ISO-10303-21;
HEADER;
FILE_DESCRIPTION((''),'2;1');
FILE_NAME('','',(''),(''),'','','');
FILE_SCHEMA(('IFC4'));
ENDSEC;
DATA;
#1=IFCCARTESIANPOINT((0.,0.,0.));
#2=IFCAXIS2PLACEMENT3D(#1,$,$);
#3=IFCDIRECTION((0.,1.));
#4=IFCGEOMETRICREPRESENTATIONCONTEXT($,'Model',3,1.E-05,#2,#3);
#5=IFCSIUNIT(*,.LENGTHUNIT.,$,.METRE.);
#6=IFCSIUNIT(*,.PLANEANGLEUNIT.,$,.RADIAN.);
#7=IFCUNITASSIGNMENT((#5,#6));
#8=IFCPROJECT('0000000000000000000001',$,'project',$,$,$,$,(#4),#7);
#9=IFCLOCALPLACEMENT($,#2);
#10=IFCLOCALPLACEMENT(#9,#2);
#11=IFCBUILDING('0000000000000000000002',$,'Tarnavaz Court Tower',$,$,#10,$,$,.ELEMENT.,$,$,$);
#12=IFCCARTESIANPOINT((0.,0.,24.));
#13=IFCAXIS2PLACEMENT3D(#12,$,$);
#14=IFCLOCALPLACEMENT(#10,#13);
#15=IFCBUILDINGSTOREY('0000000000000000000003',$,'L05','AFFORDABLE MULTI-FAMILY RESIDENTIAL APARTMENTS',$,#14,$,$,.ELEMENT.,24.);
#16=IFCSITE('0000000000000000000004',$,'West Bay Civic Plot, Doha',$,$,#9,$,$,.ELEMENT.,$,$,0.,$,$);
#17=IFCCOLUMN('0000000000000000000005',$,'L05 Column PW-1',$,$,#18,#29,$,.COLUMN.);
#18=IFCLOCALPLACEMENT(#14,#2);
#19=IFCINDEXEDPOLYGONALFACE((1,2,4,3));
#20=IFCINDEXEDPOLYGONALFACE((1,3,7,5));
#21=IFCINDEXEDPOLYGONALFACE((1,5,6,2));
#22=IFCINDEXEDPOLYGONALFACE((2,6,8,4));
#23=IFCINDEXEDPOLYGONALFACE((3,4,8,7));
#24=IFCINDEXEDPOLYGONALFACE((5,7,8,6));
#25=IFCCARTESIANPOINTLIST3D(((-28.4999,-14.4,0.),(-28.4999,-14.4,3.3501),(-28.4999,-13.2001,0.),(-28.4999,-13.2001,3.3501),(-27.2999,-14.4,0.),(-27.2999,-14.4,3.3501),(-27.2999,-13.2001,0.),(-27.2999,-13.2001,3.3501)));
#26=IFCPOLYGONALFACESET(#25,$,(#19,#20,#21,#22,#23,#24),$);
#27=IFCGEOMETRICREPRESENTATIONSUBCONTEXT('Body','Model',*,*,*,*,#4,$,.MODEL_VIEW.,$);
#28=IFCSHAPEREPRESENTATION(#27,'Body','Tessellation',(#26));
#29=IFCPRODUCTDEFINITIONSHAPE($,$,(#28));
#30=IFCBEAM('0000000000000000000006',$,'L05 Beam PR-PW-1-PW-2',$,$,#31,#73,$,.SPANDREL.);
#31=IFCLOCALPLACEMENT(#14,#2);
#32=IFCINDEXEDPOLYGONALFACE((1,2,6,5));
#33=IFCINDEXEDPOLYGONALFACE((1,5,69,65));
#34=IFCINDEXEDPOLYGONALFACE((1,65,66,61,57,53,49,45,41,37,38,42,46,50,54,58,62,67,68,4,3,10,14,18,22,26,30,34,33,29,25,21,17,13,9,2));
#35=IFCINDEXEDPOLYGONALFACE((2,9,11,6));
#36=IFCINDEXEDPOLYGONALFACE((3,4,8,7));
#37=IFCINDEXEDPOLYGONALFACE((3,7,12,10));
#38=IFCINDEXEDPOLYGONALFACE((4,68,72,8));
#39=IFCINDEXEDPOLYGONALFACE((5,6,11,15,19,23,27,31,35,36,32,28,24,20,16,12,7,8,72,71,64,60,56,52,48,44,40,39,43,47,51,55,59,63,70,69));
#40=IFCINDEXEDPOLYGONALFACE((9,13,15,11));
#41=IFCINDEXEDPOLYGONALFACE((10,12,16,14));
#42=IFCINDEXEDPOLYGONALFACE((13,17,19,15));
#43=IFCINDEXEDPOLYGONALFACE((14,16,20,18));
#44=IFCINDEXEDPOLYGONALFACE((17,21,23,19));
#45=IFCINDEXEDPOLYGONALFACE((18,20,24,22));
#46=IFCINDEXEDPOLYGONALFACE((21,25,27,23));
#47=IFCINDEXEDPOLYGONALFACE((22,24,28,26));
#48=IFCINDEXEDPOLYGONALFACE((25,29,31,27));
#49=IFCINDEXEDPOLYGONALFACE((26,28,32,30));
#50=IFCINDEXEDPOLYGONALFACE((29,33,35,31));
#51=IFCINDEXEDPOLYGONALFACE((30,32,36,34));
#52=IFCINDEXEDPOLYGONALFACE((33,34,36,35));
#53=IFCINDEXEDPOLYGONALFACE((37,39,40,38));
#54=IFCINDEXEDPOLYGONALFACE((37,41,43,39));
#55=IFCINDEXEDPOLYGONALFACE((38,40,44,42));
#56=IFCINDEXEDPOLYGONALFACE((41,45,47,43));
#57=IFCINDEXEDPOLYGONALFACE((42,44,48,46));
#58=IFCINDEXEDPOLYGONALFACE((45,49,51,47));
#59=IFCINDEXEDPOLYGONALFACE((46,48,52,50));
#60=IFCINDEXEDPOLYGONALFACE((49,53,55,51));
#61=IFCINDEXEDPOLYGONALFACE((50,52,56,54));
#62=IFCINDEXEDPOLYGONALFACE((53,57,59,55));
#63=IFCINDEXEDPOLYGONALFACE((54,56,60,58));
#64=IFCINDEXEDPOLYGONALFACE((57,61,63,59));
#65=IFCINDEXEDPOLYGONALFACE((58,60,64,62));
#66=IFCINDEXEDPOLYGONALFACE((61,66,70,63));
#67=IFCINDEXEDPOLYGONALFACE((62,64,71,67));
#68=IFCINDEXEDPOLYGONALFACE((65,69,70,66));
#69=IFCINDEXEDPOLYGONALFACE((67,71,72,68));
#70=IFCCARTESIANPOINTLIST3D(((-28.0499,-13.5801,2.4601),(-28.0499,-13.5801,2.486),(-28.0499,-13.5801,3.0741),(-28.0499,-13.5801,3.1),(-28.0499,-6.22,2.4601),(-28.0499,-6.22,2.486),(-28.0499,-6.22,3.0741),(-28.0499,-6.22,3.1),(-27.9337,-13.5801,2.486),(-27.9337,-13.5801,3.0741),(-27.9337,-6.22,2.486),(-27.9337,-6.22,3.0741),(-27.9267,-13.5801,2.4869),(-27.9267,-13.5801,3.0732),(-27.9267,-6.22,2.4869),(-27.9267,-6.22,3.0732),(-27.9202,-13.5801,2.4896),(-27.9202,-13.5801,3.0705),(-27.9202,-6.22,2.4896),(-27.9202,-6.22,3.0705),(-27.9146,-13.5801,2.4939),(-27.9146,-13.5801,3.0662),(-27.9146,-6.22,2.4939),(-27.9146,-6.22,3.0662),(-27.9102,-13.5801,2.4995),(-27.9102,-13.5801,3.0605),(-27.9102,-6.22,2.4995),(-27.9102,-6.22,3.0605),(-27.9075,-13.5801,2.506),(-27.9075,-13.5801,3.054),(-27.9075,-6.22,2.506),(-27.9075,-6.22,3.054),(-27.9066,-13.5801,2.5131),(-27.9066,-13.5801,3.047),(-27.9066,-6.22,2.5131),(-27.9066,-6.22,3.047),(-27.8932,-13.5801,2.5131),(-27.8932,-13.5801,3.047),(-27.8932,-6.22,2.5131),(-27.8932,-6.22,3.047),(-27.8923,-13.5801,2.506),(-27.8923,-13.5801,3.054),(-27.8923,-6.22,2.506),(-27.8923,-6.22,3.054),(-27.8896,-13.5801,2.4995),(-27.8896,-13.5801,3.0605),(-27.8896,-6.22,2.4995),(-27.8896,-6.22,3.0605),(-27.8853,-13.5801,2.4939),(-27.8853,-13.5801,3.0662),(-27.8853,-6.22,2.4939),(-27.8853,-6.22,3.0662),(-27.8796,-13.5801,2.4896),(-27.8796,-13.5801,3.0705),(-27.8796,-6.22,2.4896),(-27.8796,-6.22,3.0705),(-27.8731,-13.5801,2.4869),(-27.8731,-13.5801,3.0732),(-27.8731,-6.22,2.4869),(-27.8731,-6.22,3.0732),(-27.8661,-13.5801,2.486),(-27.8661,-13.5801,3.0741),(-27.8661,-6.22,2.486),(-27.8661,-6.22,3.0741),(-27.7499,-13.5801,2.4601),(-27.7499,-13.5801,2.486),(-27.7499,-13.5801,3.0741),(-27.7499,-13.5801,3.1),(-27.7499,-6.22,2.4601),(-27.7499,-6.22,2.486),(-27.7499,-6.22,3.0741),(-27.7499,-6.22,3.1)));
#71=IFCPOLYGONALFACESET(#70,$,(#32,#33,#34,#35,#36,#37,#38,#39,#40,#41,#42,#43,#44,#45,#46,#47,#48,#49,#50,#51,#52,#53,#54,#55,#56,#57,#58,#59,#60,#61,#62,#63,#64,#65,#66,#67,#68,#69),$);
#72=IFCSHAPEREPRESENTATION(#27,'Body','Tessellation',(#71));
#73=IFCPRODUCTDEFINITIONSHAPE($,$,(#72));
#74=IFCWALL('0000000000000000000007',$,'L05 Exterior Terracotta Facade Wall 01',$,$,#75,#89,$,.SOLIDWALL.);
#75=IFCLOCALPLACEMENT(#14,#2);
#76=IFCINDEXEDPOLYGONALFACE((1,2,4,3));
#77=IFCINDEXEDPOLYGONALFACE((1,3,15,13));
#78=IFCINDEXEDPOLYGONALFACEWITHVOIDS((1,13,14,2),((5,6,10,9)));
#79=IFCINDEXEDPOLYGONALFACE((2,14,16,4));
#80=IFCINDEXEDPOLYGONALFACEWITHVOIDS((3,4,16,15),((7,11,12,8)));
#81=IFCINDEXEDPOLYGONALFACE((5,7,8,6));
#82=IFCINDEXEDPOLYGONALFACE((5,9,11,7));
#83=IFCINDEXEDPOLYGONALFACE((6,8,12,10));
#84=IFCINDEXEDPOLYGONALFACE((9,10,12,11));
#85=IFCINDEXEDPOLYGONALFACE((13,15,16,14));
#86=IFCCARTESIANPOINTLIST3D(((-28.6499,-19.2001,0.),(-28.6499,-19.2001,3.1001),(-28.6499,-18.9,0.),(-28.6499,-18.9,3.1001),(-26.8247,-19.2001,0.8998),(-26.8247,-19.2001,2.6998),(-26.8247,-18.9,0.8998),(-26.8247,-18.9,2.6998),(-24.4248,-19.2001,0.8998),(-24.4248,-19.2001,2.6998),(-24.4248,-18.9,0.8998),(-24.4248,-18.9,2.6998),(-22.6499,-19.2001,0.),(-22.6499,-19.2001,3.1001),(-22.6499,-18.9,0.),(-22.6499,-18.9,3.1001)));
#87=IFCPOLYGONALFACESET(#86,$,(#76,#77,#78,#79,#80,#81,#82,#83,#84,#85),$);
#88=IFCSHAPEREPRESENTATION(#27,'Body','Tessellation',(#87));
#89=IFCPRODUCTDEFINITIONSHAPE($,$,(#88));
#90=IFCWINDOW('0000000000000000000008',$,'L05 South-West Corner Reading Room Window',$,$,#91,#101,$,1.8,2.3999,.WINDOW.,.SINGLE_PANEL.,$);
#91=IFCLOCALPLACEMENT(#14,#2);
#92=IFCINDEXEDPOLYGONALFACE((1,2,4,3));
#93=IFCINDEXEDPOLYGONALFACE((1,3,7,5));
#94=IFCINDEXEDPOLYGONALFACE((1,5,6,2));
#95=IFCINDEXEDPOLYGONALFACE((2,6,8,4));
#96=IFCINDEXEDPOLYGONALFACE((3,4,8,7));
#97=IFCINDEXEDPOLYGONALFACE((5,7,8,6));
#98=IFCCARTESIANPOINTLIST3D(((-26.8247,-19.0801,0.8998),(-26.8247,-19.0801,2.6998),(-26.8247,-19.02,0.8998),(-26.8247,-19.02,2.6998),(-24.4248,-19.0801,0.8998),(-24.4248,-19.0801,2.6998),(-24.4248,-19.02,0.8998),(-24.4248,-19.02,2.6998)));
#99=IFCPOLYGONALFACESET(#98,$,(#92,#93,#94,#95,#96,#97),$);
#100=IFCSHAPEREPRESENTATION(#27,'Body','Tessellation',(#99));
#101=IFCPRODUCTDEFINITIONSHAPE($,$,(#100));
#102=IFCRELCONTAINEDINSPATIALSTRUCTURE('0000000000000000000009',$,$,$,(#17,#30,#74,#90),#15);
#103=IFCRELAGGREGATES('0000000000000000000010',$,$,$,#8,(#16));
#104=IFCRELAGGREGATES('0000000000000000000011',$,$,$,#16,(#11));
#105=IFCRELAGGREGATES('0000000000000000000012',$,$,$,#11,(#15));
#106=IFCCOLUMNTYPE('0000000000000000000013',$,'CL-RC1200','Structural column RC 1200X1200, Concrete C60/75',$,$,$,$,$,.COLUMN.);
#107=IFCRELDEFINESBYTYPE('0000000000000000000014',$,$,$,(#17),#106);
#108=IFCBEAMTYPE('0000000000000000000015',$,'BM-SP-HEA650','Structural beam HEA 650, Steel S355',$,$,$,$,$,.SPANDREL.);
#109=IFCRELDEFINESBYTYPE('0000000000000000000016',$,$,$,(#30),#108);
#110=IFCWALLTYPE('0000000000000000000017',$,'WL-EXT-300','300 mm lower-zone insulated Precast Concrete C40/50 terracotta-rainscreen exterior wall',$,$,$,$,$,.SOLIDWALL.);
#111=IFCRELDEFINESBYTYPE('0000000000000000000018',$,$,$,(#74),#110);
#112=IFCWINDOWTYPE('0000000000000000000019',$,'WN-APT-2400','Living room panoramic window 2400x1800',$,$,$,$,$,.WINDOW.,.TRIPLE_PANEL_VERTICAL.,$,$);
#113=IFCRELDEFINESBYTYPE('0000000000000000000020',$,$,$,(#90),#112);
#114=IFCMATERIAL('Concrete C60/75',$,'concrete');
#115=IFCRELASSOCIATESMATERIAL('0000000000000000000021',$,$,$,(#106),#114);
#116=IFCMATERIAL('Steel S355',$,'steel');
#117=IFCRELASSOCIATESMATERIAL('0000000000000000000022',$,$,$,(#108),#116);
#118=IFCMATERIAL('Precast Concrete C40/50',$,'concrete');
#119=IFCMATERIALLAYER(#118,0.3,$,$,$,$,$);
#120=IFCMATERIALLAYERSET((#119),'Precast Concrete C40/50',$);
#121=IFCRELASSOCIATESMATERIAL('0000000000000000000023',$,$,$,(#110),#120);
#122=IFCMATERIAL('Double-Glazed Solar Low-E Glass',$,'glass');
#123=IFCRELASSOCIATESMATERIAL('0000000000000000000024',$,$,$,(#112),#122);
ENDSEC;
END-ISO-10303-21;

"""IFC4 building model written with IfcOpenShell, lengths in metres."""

from ifc_helpers import new_model, si_unit, direction, frame, frame_2d, origin, origin_2d, place, context, subcontext, project, spatial, rectangle, i_section, extrude, material, layer, layer_set, material_profile, profile_set, type_object, element, fill, save


model = new_model("IFC4")

# Units and contexts
model_context = context("Model", 3, precision=1e-05, world=origin(), true_north=direction((0.0, 1.0)))
body_context = subcontext(model_context, "Body", "Model", "MODEL_VIEW")
ifc_project = project(units=[si_unit("LENGTHUNIT", "METRE"), si_unit("PLANEANGLEUNIT", "RADIAN")], contexts=[model_context])

# Site, building, storey
site_placement = place(None, origin())
site = spatial("IfcSite", under=ifc_project, at=site_placement, Name="West Bay Civic Plot, Doha", CompositionType="ELEMENT", RefElevation=0.0)
building_placement = place(site_placement, origin())
building = spatial("IfcBuilding", under=site, at=building_placement, Name="Tarnavaz Court Tower", CompositionType="ELEMENT")
storey_placement = place(building_placement, frame((0.0, 0.0, 24.0)))
storey = spatial("IfcBuildingStorey", under=building, at=storey_placement, Name="L05", Description="AFFORDABLE MULTI-FAMILY RESIDENTIAL APARTMENTS", CompositionType="ELEMENT", Elevation=24.0)

# Column
ifc_material_1 = material(Name="Concrete C60/75", Category="concrete")
ifc_material_profile_1 = material_profile(ifc_material_1, rectangle(XDim=1.2, YDim=1.2, at=origin_2d()), Name="RC 1200X1200")
ifc_profile_set_1 = profile_set([ifc_material_profile_1], Name="Concrete C60/75")
column_type = type_object("IfcColumnType", Name="CL-RC1200", Description="Structural column RC 1200X1200, Concrete C60/75", PredefinedType="COLUMN", material=ifc_profile_set_1)
column_placement = place(storey_placement, frame((-27.8999, -13.8, 0.0), z_axis=(0.0, 0.0, 1.0), x_axis=(1.0, 0.0, 0.0)))
element("IfcColumn", 1, at=column_placement, inside=storey, type_object=column_type, Name="L05 Column PW-1", PredefinedType="COLUMN", context=body_context, shape_type="SweptSolid", body=[
    extrude(rectangle(XDim=1.2, YDim=1.2, at=origin_2d()), origin(), (0.0, 0.0, 1.0), 3.3501),
])

# Beam
ifc_material_2 = material(Name="Steel S355", Category="steel")
ifc_material_profile_2 = material_profile(ifc_material_2, i_section(OverallWidth=0.3, OverallDepth=0.6399, WebThickness=0.0134, FlangeThickness=0.0259, FilletRadius=0.0271, at=origin_2d()), Name="HEA 650")
ifc_profile_set_2 = profile_set([ifc_material_profile_2], Name="Steel S355")
beam_type = type_object("IfcBeamType", Name="BM-SP-HEA650", Description="Structural beam HEA 650, Steel S355", PredefinedType="SPANDREL", material=ifc_profile_set_2)
beam_placement = place(storey_placement, frame((-27.8999, -13.5801, 2.78), z_axis=(0.0, 1.0, 0.0), x_axis=(-1.0, 0.0, 0.0)))
element("IfcBeam", 2, at=beam_placement, inside=storey, type_object=beam_type, Name="L05 Beam PR-PW-1-PW-2", PredefinedType="SPANDREL", context=body_context, shape_type="SweptSolid", body=[
    extrude(i_section(OverallWidth=0.3, OverallDepth=0.6399, WebThickness=0.0134, FlangeThickness=0.0259, FilletRadius=0.0271, at=origin_2d()), origin(), (0.0, 0.0, 1.0), 7.3601),
])

# Wall, opening, window
ifc_material_3 = material(Name="Precast Concrete C40/50", Category="concrete")
ifc_layer_1 = layer(ifc_material_3, 0.3)
ifc_layer_set_1 = layer_set([ifc_layer_1], Name="Precast Concrete C40/50")
wall_type_1 = type_object("IfcWallType", Name="WL-EXT-300", Description="300 mm lower-zone insulated Precast Concrete C40/50 terracotta-rainscreen exterior wall", PredefinedType="SOLIDWALL", material=ifc_layer_set_1)
wall_1_placement = place(storey_placement, frame((-22.6499, -19.05, 0.0), z_axis=(0.0, 0.0, 1.0), x_axis=(-1.0, 0.0, 0.0)))
wall_1 = element("IfcWall", 3, at=wall_1_placement, inside=storey, type_object=wall_type_1, Name="L05 Exterior Terracotta Facade Wall 01", PredefinedType="SOLIDWALL", context=body_context, shape_type="SweptSolid", body=[
    extrude(rectangle(XDim=6.0, YDim=0.3, at=frame_2d((3.0, 0.0))), origin(), (0.0, 0.0, 1.0), 3.1001),
])
opening_1_placement = place(wall_1_placement, frame((1.7749, 0.0, 0.8999)))
opening_1 = element("IfcOpeningElement", 4, at=opening_1_placement, cuts=wall_1, PredefinedType="OPENING", context=body_context, shape_type="SweptSolid", body=[
    extrude(rectangle(XDim=2.3999, YDim=1.8, at=frame_2d((1.2, 0.8999))), frame((0.0, 0.1599, 0.0), z_axis=(0.0, -1.0, 0.0), x_axis=(1.0, 0.0, 0.0)), (0.0, 0.0, 1.0), 0.3201),
])
ifc_material_4 = material(Name="Double-Glazed Solar Low-E Glass", Category="glass")
window_type_1 = type_object("IfcWindowType", Name="WN-APT-2400", Description="Living room panoramic window 2400x1800", PartitioningType="TRIPLE_PANEL_VERTICAL", PredefinedType="WINDOW", material=ifc_material_4)
window_1_placement = place(opening_1_placement, origin())
window_1 = element("IfcWindow", 5, at=window_1_placement, inside=storey, type_object=window_type_1, Name="L05 South-West Corner Reading Room Window", OverallHeight=1.8, OverallWidth=2.3999, PartitioningType="SINGLE_PANEL", PredefinedType="WINDOW", context=body_context, shape_type="SweptSolid", body=[
    extrude(rectangle(XDim=2.3999, YDim=1.8, at=frame_2d((1.2, 0.8999))), frame((0.0, 0.03, 0.0), z_axis=(0.0, -1.0, 0.0), x_axis=(1.0, 0.0, 0.0)), (0.0, 0.0, 1.0), 0.0601),
])
fill(opening_1, window_1)

save(model, "model.ifc")
